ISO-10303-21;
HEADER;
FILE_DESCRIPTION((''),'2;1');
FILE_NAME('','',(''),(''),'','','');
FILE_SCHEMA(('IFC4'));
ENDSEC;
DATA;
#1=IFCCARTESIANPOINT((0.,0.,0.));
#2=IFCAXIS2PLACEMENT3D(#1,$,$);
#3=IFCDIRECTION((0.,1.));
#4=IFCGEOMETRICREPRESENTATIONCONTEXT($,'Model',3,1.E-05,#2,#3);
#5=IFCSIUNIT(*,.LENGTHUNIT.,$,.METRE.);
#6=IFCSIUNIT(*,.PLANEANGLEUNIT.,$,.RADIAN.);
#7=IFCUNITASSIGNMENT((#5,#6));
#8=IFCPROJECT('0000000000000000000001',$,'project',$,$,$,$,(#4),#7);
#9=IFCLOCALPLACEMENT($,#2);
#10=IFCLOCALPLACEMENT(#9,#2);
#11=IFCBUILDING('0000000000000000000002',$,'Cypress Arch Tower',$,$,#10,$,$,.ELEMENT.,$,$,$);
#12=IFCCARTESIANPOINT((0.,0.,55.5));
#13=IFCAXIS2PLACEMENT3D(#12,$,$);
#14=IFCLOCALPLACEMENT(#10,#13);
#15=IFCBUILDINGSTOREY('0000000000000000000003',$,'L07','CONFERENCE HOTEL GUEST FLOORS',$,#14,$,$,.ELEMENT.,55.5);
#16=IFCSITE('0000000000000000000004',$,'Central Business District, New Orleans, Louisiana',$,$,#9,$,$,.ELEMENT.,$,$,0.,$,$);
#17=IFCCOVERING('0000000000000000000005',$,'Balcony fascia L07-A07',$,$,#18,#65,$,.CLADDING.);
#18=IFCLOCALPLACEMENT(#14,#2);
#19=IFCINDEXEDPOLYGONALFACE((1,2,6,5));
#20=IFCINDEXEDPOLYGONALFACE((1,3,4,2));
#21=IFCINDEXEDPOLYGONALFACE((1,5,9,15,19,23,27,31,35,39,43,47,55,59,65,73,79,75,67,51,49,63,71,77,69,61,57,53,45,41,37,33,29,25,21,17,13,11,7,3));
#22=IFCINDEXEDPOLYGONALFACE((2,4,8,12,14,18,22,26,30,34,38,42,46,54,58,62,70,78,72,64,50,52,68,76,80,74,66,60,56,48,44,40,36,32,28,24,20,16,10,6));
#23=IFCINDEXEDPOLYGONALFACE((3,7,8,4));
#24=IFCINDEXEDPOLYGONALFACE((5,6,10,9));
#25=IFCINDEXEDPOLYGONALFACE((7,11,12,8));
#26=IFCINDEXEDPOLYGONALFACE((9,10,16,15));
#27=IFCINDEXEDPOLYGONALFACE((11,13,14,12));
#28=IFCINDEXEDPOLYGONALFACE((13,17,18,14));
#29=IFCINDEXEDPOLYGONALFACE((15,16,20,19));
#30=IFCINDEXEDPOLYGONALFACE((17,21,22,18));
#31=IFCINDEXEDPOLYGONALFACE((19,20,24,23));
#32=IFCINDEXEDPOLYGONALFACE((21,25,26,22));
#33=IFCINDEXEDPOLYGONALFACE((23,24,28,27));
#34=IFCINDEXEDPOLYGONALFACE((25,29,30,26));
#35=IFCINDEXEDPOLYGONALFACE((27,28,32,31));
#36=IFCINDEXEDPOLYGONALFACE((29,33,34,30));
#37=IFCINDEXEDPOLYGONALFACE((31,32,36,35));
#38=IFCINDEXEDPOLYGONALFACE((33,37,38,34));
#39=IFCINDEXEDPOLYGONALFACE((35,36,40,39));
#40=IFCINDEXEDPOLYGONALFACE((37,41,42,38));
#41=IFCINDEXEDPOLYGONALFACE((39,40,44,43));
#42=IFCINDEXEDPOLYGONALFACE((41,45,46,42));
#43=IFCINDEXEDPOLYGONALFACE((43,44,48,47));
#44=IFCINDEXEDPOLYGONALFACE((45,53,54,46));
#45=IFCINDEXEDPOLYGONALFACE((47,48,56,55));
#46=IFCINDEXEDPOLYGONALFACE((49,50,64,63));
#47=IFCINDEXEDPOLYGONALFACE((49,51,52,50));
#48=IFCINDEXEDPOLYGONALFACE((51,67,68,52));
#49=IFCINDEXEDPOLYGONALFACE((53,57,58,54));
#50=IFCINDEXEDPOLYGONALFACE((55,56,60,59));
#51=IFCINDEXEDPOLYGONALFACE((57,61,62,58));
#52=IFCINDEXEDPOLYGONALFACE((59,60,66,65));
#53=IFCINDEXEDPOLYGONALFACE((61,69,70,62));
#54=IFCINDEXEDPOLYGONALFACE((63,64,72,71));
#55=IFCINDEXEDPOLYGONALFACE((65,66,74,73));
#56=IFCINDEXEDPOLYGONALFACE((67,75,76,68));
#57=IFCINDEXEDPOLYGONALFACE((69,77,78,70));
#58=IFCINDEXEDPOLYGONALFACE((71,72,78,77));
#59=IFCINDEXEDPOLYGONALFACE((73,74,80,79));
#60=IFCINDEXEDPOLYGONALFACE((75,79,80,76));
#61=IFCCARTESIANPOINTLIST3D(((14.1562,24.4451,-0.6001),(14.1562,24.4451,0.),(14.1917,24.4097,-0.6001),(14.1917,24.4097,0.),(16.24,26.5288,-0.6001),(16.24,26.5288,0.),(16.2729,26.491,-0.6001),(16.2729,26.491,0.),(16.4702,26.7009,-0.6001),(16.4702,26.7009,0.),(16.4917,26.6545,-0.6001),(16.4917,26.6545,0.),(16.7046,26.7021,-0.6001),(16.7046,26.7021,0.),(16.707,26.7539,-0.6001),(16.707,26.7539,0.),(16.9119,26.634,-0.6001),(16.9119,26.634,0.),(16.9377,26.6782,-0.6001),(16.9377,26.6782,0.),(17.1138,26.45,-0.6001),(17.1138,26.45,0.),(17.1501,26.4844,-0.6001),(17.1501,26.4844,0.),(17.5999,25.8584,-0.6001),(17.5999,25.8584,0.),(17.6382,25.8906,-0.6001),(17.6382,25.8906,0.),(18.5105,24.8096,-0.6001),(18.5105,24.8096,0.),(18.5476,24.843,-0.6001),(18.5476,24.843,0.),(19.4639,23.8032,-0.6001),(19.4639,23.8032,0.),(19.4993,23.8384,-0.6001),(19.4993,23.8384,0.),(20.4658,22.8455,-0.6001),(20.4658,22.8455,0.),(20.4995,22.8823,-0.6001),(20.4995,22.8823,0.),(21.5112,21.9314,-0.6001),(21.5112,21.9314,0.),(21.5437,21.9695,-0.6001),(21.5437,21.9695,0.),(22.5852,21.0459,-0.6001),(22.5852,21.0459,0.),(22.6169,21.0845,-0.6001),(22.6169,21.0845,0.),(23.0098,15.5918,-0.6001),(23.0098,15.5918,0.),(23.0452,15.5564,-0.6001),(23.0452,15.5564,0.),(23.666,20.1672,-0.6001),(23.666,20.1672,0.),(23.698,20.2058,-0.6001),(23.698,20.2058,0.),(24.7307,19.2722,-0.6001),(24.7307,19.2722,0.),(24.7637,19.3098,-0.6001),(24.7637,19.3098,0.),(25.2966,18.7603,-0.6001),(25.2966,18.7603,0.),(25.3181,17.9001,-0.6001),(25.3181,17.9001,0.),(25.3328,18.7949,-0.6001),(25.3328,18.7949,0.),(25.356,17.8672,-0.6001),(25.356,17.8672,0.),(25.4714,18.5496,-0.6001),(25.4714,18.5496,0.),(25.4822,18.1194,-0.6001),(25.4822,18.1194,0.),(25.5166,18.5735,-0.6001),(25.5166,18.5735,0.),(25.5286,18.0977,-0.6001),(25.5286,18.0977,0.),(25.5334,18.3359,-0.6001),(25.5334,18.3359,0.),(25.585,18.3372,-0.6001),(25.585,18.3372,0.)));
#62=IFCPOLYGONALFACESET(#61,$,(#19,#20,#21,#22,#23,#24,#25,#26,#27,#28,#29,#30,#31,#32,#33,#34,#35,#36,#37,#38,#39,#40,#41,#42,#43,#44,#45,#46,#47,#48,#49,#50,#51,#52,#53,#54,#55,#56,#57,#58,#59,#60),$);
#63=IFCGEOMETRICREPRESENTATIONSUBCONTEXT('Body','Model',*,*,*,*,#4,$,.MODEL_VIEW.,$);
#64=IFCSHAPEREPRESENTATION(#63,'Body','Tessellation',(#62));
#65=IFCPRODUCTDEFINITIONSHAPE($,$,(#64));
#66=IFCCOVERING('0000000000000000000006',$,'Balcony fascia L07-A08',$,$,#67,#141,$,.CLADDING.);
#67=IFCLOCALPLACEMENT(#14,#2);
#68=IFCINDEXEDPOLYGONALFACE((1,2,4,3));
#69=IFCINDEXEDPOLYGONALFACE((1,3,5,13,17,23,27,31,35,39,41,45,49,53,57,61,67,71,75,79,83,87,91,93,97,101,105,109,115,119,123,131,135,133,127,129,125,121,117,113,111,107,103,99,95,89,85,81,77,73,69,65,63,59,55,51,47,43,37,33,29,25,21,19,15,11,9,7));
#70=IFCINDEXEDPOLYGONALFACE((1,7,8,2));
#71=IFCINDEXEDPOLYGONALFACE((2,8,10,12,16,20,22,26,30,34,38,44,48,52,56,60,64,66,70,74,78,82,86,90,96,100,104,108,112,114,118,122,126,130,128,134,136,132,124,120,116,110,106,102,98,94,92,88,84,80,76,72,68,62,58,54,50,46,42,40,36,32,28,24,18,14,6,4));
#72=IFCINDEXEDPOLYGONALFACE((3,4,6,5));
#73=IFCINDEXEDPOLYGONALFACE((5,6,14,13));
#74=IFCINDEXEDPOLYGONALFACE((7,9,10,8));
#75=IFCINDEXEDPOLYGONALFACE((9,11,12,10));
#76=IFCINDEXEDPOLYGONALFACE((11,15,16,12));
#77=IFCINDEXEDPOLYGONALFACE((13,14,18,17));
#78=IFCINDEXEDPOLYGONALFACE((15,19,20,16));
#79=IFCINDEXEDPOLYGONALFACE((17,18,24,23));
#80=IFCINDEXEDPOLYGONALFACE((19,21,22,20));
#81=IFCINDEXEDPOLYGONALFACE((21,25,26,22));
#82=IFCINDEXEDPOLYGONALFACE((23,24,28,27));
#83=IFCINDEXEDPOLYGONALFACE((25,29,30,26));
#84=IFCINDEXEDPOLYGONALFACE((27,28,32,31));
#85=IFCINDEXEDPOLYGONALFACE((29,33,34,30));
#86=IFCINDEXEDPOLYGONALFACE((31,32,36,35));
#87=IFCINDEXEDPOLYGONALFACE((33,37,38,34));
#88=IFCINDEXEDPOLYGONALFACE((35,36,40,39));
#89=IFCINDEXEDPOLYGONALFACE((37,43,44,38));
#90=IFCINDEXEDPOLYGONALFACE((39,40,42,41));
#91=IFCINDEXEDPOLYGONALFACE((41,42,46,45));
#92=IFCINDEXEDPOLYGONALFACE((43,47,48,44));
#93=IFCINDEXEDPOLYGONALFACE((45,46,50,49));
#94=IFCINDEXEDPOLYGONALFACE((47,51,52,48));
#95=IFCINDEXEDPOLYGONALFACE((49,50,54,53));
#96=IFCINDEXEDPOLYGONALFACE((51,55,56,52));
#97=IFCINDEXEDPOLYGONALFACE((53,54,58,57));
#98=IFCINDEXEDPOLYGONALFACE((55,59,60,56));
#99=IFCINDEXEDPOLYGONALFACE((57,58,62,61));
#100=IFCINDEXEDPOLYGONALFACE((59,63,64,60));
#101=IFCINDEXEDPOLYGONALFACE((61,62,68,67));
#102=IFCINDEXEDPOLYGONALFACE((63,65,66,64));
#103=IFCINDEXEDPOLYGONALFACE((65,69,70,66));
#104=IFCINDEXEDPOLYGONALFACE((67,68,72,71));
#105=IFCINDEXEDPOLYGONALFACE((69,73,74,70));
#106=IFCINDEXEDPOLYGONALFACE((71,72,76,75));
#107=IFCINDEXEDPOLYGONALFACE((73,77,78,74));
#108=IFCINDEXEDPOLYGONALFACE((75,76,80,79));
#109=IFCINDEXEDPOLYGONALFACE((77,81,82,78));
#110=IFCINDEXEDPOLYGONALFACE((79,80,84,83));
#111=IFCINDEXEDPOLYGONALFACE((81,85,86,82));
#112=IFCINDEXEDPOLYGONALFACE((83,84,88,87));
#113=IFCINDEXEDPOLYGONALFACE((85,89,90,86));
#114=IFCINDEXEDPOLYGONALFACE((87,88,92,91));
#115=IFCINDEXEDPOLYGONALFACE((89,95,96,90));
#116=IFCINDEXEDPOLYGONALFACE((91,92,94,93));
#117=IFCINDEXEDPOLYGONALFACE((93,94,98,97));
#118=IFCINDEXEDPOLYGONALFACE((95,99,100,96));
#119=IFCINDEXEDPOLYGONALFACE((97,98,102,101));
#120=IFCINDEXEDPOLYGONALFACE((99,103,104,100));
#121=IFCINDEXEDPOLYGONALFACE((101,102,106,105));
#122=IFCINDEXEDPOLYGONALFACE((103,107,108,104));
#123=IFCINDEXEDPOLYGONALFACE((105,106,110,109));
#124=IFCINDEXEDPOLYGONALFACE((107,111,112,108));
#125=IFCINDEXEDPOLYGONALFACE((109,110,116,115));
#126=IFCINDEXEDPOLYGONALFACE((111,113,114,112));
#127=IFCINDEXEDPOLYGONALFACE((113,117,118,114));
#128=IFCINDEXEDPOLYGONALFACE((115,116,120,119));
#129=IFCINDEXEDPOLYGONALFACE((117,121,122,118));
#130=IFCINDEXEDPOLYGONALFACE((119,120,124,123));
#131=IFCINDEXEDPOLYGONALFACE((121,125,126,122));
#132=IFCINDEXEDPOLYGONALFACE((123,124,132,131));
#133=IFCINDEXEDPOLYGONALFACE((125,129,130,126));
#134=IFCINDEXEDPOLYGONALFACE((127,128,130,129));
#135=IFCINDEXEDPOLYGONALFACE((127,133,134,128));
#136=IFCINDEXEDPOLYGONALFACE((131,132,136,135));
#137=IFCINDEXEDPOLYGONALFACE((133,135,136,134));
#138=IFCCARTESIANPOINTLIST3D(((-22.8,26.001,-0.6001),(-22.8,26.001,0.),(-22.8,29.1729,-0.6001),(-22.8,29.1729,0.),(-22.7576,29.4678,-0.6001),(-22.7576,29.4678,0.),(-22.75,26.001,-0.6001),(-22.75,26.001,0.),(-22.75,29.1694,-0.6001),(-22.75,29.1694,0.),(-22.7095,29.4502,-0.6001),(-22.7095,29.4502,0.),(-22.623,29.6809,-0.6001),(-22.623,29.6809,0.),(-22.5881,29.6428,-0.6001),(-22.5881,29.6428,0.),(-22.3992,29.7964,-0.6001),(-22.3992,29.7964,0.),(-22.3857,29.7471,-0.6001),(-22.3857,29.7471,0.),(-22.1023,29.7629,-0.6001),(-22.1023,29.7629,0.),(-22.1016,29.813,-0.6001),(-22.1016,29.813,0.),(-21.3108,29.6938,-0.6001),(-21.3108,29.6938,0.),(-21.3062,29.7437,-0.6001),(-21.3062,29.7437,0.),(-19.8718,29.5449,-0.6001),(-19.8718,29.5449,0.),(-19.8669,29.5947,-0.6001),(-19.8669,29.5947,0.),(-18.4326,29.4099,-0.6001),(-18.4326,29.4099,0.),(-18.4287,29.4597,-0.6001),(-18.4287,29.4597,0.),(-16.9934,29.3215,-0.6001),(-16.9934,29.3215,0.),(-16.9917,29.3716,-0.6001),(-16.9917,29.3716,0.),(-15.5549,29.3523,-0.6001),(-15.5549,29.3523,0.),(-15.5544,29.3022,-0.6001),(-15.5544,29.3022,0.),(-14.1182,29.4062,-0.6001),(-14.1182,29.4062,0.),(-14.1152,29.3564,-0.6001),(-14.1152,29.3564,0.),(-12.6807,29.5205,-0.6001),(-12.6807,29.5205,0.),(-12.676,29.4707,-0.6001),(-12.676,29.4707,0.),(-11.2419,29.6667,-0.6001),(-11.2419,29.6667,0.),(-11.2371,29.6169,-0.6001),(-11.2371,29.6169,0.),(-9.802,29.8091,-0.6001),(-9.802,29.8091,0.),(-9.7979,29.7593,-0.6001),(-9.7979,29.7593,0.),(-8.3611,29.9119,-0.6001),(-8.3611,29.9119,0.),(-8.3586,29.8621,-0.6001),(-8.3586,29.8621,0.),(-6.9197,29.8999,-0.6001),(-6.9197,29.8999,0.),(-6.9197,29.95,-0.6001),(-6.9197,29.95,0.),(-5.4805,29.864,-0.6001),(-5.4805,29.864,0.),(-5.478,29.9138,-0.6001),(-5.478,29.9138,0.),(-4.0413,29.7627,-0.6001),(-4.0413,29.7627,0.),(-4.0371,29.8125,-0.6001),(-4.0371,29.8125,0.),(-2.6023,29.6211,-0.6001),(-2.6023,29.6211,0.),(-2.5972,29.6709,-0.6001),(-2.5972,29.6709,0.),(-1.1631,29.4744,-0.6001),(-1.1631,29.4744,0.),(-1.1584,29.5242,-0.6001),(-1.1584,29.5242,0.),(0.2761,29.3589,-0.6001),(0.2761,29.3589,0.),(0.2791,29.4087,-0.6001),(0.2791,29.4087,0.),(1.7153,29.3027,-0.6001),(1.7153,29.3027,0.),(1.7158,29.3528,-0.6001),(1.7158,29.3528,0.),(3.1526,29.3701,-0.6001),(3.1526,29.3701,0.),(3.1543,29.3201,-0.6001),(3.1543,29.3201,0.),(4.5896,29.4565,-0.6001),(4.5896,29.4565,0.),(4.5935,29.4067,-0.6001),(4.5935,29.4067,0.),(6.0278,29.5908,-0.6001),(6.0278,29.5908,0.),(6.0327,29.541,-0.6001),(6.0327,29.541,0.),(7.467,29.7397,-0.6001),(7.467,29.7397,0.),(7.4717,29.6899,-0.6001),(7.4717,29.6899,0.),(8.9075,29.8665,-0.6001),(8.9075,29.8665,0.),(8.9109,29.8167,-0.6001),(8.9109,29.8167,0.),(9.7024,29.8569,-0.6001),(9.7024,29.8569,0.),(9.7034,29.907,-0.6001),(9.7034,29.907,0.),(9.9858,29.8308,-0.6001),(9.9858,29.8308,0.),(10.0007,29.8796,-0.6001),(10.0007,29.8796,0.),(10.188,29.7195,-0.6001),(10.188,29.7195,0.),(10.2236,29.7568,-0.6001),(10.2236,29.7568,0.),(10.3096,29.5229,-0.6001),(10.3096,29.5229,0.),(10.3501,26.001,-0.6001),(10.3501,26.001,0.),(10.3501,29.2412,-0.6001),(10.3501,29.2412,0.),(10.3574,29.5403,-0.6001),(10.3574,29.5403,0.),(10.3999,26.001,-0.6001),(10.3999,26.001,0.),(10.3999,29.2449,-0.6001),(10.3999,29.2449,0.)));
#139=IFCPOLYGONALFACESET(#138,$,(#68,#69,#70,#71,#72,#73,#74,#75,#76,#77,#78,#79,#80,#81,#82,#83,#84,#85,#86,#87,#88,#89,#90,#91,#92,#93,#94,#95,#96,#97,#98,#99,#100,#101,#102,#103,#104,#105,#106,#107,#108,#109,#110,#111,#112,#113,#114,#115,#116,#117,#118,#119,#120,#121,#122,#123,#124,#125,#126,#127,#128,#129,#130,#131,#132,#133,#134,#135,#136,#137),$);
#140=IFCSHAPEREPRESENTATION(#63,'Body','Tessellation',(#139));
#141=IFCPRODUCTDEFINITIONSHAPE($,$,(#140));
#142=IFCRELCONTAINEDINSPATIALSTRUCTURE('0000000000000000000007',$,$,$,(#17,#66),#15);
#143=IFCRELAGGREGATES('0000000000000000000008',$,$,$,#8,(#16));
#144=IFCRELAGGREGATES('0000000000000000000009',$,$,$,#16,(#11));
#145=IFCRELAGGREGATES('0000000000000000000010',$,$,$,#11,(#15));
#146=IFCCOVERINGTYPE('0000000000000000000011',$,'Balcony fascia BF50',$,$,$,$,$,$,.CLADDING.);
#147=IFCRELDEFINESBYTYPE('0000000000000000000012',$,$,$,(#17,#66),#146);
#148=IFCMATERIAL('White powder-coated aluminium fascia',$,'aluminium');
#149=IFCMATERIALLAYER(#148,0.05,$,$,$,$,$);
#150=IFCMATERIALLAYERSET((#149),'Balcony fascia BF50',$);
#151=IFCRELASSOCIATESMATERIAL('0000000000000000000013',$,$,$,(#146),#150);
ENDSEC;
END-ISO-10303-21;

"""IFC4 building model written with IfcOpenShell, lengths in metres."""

from ifc_helpers import new_model, si_unit, direction, frame, origin, place, context, subcontext, project, spatial, polyline, outline, extrude, material, layer, layer_set, type_object, element, save


model = new_model("IFC4")

# Units and contexts
model_context = context("Model", 3, precision=1e-05, world=origin(), true_north=direction((0.0, 1.0)))
body_context = subcontext(model_context, "Body", "Model", "MODEL_VIEW")
ifc_project = project(units=[si_unit("LENGTHUNIT", "METRE"), si_unit("PLANEANGLEUNIT", "RADIAN")], contexts=[model_context])

# Site, building, storey
site_placement = place(None, origin())
site = spatial("IfcSite", under=ifc_project, at=site_placement, Name="Central Business District, New Orleans, Louisiana", CompositionType="ELEMENT", RefElevation=0.0)
building_placement = place(site_placement, origin())
building = spatial("IfcBuilding", under=site, at=building_placement, Name="Cypress Arch Tower", CompositionType="ELEMENT")
storey_placement = place(building_placement, frame((0.0, 0.0, 55.5)))
storey = spatial("IfcBuildingStorey", under=building, at=storey_placement, Name="L07", Description="CONFERENCE HOTEL GUEST FLOORS", CompositionType="ELEMENT", Elevation=55.5)

# Coverings
ifc_material_1 = material(Name="White powder-coated aluminium fascia", Category="aluminium")
ifc_layer_1 = layer(ifc_material_1, 0.05)
ifc_layer_set_1 = layer_set([ifc_layer_1], Name="Balcony fascia BF50")
covering_type_1 = type_object("IfcCoveringType", Name="Balcony fascia BF50", PredefinedType="CLADDING", material=ifc_layer_set_1)
covering_1_placement = place(storey_placement, frame((0.0, 0.0, -0.6001)))
element("IfcCovering", 1, at=covering_1_placement, inside=storey, type_object=covering_type_1, Name="Balcony fascia L07-A07", PredefinedType="CLADDING", context=body_context, shape_type="SweptSolid", body=[
    extrude(outline(polyline([(16.24, 26.5288), (16.4702, 26.7009), (16.707, 26.7539), (16.9377, 26.6782), (17.1501, 26.4844), (17.6382, 25.8906), (18.5476, 24.843), (19.4993, 23.8384), (20.4995, 22.8823), (21.5437, 21.9695), (22.6169, 21.0845), (23.698, 20.2058), (24.7637, 19.3098), (25.3328, 18.7949), (25.5166, 18.5735), (25.585, 18.3372), (25.5286, 18.0977), (25.356, 17.8672), (23.0452, 15.5564), (23.0098, 15.5918), (25.3181, 17.9001), (25.4822, 18.1194), (25.5334, 18.3359), (25.4714, 18.5496), (25.2966, 18.7603), (24.7307, 19.2722), (23.666, 20.1672), (22.5852, 21.0459), (21.5112, 21.9314), (20.4658, 22.8455), (19.4639, 23.8032), (18.5105, 24.8096), (17.5999, 25.8584), (17.1138, 26.45), (16.9119, 26.634), (16.7046, 26.7021), (16.4917, 26.6545), (16.2729, 26.491), (14.1917, 24.4097), (14.1562, 24.4451), (16.24, 26.5288)])), origin(), (0.0, 0.0, 1.0), 0.6001),
])
covering_2_placement = place(storey_placement, frame((0.0, 0.0, -0.6001)))
element("IfcCovering", 2, at=covering_2_placement, inside=storey, type_object=covering_type_1, Name="Balcony fascia L07-A08", PredefinedType="CLADDING", context=body_context, shape_type="SweptSolid", body=[
    extrude(outline(polyline([(-22.8, 29.1729), (-22.7576, 29.4678), (-22.623, 29.6809), (-22.3992, 29.7964), (-22.1016, 29.813), (-21.3062, 29.7437), (-19.8669, 29.5947), (-18.4287, 29.4597), (-16.9917, 29.3716), (-15.5549, 29.3523), (-14.1182, 29.4062), (-12.6807, 29.5205), (-11.2419, 29.6667), (-9.802, 29.8091), (-8.3611, 29.9119), (-6.9197, 29.95), (-5.478, 29.9138), (-4.0371, 29.8125), (-2.5972, 29.6709), (-1.1584, 29.5242), (0.2791, 29.4087), (1.7158, 29.3528), (3.1526, 29.3701), (4.5896, 29.4565), (6.0278, 29.5908), (7.467, 29.7397), (8.9075, 29.8665), (9.7034, 29.907), (10.0007, 29.8796), (10.2236, 29.7568), (10.3574, 29.5403), (10.3999, 29.2449), (10.3999, 26.001), (10.3501, 26.001), (10.3501, 29.2412), (10.3096, 29.5229), (10.188, 29.7195), (9.9858, 29.8308), (9.7024, 29.8569), (8.9109, 29.8167), (7.4717, 29.6899), (6.0327, 29.541), (4.5935, 29.4067), (3.1543, 29.3201), (1.7153, 29.3027), (0.2761, 29.3589), (-1.1631, 29.4744), (-2.6023, 29.6211), (-4.0413, 29.7627), (-5.4805, 29.864), (-6.9197, 29.8999), (-8.3586, 29.8621), (-9.7979, 29.7593), (-11.2371, 29.6169), (-12.676, 29.4707), (-14.1152, 29.3564), (-15.5544, 29.3022), (-16.9934, 29.3215), (-18.4326, 29.4099), (-19.8718, 29.5449), (-21.3108, 29.6938), (-22.1023, 29.7629), (-22.3857, 29.7471), (-22.5881, 29.6428), (-22.7095, 29.4502), (-22.75, 29.1694), (-22.75, 26.001), (-22.8, 26.001), (-22.8, 29.1729)])), origin(), (0.0, 0.0, 1.0), 0.6001),
])

save(model, "model.ifc")
